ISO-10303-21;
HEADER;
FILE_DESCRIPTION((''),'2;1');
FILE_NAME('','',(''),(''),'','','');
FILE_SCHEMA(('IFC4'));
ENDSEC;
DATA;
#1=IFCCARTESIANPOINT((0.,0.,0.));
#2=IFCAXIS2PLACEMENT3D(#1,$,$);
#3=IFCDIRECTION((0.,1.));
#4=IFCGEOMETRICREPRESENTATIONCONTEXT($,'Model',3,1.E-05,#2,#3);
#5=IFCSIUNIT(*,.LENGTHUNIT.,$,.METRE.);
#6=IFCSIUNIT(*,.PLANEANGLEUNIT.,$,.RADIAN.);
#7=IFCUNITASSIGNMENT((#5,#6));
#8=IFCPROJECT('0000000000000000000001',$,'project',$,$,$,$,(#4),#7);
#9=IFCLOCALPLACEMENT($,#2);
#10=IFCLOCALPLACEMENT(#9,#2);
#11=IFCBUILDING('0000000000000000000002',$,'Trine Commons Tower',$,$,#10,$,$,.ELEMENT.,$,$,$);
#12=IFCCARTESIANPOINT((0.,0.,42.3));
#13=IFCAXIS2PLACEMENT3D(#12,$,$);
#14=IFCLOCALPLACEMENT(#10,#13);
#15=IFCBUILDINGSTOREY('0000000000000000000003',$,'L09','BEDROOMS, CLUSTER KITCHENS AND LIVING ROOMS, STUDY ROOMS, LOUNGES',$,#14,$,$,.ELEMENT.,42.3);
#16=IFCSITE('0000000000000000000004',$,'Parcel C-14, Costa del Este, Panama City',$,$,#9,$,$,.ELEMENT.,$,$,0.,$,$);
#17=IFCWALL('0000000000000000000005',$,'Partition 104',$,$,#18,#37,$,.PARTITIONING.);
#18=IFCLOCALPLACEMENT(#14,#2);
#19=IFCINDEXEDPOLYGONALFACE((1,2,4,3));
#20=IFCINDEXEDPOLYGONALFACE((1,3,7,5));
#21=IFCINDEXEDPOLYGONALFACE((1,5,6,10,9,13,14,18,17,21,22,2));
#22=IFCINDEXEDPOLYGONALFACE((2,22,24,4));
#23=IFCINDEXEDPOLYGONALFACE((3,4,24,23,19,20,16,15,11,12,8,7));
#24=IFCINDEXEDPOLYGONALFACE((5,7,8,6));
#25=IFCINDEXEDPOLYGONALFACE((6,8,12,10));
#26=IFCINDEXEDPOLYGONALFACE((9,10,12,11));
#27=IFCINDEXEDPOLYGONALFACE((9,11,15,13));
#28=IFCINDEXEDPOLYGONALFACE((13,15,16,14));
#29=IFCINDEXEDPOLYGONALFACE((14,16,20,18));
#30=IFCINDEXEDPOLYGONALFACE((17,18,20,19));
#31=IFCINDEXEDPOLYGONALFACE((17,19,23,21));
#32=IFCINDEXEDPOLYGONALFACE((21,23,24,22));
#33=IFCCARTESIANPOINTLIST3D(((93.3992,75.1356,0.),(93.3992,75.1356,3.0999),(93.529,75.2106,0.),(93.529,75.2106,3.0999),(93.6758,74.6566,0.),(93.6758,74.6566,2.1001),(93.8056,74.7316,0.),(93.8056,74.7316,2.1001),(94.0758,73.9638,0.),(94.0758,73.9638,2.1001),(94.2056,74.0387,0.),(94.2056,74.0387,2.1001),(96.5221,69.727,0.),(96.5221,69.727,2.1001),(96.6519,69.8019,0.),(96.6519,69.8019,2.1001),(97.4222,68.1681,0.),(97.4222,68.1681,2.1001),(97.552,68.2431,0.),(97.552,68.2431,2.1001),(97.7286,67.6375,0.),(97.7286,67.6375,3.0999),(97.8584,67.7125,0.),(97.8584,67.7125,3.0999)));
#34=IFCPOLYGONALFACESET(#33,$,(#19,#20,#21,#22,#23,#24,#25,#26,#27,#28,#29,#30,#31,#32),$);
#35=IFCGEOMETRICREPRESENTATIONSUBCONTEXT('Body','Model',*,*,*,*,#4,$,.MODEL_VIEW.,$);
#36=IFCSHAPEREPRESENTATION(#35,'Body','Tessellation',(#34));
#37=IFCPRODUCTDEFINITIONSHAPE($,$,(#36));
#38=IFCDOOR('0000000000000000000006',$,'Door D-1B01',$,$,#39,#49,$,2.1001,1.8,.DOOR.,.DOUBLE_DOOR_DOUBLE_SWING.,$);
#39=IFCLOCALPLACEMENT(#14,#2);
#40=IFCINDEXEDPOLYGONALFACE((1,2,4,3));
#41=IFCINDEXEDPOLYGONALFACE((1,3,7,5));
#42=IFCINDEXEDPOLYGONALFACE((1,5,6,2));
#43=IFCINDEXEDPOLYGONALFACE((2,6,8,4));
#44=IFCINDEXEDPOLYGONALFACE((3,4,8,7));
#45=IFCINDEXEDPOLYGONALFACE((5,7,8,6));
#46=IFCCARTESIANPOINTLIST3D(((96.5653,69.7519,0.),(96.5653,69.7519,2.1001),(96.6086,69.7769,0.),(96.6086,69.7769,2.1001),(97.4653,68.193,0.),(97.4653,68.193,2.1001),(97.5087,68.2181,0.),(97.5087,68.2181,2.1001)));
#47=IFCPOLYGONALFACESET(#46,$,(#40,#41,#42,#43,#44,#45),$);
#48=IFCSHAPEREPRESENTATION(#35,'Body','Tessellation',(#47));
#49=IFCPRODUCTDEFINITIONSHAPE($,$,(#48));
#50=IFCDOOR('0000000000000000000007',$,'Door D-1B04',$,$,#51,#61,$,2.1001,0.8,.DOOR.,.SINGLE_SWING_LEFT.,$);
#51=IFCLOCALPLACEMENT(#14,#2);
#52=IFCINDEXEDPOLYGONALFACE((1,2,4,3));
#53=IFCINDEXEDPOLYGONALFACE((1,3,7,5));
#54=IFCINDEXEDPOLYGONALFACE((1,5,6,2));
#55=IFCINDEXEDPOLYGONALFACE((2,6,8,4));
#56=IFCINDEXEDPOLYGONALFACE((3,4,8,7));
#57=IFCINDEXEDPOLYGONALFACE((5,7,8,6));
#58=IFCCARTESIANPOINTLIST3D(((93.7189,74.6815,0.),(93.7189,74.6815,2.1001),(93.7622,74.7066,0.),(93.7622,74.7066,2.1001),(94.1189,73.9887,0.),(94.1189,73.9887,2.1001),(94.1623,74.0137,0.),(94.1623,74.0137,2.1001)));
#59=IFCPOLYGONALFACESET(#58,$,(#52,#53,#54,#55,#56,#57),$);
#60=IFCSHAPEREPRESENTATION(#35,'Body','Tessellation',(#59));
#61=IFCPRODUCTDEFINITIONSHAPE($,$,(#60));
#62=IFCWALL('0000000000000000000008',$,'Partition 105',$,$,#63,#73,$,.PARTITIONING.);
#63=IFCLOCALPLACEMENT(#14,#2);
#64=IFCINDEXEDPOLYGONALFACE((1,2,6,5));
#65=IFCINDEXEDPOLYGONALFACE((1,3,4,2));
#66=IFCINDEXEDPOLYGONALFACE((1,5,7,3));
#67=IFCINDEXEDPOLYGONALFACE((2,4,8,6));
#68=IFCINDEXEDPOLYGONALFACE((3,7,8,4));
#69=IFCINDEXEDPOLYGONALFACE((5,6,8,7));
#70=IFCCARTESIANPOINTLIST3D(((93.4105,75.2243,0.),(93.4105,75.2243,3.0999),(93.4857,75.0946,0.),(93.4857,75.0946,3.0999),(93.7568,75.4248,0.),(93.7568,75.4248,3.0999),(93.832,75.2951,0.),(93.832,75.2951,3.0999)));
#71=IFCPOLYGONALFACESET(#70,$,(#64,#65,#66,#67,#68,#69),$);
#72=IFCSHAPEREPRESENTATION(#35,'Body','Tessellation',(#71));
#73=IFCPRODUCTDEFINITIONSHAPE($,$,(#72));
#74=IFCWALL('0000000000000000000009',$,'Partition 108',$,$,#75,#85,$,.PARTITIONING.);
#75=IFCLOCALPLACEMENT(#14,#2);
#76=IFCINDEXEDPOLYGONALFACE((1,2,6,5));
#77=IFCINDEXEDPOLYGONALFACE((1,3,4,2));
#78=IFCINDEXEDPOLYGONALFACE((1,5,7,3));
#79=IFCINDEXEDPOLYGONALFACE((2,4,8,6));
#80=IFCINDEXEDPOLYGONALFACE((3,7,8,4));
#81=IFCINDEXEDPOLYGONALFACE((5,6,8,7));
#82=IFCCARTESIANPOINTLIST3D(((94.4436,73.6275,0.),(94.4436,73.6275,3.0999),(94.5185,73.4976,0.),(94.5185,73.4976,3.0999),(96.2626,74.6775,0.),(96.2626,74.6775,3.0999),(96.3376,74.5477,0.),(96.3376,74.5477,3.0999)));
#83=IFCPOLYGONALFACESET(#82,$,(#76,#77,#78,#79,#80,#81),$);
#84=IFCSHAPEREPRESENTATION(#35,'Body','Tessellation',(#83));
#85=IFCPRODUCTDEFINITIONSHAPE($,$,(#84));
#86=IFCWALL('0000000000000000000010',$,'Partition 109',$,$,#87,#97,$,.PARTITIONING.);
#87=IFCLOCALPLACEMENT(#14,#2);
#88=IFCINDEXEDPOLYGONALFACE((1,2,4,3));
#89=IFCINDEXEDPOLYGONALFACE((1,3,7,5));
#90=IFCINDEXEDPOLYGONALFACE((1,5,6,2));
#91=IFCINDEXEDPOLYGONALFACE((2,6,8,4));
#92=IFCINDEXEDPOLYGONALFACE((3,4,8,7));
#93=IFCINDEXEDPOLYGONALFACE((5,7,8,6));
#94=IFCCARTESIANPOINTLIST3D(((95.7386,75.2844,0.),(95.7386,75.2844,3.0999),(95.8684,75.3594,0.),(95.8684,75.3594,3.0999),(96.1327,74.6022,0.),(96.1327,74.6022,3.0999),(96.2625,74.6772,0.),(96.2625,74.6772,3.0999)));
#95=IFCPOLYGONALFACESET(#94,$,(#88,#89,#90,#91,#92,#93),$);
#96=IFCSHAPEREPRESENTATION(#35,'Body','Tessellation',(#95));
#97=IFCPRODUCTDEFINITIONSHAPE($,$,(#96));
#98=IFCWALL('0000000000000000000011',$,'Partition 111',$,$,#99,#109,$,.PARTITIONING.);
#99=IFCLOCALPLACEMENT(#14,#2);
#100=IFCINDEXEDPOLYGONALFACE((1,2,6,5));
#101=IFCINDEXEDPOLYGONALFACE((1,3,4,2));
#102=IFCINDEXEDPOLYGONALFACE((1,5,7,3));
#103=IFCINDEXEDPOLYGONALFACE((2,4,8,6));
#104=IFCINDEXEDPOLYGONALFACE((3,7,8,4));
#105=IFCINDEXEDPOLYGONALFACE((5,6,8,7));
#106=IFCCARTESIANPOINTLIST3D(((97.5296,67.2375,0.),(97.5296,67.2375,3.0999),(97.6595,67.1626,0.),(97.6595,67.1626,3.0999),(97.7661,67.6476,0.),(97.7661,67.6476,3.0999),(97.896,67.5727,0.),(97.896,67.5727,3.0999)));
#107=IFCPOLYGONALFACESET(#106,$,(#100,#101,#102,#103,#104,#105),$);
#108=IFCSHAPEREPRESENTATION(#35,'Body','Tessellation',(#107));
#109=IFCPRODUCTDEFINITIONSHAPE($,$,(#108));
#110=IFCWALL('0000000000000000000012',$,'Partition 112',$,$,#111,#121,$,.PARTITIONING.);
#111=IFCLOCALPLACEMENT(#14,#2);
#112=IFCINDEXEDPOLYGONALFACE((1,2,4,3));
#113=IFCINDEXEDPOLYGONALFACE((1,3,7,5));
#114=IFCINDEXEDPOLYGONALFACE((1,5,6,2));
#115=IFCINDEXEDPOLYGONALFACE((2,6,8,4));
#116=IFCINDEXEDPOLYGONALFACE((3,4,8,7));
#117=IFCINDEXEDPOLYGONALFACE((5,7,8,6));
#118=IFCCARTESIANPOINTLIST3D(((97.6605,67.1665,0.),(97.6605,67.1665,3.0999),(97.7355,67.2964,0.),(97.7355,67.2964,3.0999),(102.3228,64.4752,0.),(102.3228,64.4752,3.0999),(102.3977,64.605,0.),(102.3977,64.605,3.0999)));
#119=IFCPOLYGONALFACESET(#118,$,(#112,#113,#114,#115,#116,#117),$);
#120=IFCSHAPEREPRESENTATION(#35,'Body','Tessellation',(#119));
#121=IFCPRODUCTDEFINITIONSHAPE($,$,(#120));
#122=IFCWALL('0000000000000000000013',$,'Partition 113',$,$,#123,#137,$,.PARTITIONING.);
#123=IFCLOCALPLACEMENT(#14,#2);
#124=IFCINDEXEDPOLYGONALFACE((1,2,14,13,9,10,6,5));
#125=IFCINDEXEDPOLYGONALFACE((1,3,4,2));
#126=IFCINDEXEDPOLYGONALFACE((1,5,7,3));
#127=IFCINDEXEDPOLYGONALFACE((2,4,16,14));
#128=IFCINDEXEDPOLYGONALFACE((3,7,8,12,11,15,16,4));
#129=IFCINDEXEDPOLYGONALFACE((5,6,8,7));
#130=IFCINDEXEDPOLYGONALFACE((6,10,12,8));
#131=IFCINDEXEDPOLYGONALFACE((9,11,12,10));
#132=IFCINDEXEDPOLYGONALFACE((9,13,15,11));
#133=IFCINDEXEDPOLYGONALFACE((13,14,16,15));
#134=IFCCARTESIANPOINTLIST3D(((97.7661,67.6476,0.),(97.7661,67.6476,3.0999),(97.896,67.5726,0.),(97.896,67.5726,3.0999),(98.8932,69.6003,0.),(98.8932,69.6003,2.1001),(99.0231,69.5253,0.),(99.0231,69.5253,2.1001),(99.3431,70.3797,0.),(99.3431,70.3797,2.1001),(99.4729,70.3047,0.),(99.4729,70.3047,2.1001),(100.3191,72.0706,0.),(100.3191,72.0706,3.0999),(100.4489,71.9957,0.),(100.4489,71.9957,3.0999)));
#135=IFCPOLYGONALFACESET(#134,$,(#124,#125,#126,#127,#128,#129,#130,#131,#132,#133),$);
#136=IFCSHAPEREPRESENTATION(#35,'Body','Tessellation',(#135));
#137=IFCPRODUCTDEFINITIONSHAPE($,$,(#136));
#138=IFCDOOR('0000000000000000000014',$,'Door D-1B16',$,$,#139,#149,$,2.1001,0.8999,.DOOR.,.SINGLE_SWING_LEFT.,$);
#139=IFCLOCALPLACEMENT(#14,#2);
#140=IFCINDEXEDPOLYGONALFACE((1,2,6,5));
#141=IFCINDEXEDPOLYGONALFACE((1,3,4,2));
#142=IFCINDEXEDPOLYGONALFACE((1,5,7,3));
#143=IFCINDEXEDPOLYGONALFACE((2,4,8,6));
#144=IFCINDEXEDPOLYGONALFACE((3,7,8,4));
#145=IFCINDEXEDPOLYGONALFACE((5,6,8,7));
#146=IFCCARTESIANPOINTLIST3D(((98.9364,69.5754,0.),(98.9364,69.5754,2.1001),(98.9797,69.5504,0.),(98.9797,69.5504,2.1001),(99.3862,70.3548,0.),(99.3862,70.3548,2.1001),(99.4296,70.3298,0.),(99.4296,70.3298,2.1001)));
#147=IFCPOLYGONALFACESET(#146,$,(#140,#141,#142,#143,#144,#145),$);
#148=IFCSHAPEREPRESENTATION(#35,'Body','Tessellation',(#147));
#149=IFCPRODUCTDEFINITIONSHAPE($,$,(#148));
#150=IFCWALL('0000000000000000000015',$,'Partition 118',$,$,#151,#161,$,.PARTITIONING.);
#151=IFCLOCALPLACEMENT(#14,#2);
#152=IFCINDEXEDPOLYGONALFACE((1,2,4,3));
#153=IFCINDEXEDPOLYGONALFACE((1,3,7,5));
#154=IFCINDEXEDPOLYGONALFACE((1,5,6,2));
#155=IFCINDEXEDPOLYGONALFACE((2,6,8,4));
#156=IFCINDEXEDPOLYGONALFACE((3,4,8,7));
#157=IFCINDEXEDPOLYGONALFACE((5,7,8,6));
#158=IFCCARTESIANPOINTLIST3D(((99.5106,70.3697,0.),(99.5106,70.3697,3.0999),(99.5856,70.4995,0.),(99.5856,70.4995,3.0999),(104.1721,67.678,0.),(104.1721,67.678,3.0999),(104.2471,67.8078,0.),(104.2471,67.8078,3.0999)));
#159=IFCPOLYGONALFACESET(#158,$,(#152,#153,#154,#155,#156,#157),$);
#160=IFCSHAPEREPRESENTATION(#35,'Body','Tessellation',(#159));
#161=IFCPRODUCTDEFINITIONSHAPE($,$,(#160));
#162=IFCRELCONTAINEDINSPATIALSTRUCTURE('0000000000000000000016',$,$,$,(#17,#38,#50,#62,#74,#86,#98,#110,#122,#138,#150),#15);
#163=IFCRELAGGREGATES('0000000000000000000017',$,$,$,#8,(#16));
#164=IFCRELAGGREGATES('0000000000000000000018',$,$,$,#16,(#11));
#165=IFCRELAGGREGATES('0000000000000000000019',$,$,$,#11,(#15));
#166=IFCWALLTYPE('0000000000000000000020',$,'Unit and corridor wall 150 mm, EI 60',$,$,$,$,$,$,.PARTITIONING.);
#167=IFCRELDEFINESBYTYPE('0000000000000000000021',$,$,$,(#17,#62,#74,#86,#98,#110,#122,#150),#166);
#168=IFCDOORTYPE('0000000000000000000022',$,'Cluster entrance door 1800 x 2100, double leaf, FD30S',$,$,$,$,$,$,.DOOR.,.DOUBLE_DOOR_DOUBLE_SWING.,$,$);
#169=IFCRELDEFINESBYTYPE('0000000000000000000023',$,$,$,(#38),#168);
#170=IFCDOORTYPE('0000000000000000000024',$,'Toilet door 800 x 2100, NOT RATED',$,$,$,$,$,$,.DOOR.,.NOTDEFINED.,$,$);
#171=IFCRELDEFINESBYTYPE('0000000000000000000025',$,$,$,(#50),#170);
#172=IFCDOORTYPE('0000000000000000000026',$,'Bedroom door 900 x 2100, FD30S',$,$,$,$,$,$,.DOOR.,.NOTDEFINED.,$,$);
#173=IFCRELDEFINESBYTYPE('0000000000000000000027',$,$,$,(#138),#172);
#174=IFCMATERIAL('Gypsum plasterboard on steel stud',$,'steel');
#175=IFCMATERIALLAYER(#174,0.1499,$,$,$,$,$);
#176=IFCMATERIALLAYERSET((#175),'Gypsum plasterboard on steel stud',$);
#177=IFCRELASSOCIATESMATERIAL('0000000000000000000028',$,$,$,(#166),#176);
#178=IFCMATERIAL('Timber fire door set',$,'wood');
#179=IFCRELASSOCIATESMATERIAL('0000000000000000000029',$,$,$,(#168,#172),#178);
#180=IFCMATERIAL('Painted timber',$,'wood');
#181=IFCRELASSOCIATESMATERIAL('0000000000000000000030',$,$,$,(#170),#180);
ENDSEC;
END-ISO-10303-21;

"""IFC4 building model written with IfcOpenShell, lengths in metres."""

from ifc_helpers import new_model, si_unit, direction, frame, frame_2d, origin, place, context, subcontext, project, spatial, rectangle, extrude, material, layer, layer_set, type_object, element, fill, save


model = new_model("IFC4")

# Units and contexts
model_context = context("Model", 3, precision=1e-05, world=origin(), true_north=direction((0.0, 1.0)))
body_context = subcontext(model_context, "Body", "Model", "MODEL_VIEW")
ifc_project = project(units=[si_unit("LENGTHUNIT", "METRE"), si_unit("PLANEANGLEUNIT", "RADIAN")], contexts=[model_context])

# Site, building, storey
site_placement = place(None, origin())
site = spatial("IfcSite", under=ifc_project, at=site_placement, Name="Parcel C-14, Costa del Este, Panama City", CompositionType="ELEMENT", RefElevation=0.0)
building_placement = place(site_placement, origin())
building = spatial("IfcBuilding", under=site, at=building_placement, Name="Trine Commons Tower", CompositionType="ELEMENT")
storey_placement = place(building_placement, frame((0.0, 0.0, 42.3)))
storey = spatial("IfcBuildingStorey", under=building, at=storey_placement, Name="L09", Description="BEDROOMS, CLUSTER KITCHENS AND LIVING ROOMS, STUDY ROOMS, LOUNGES", CompositionType="ELEMENT", Elevation=42.3)

# Shared definitions
ifc_material_1 = material(Name="Gypsum plasterboard on steel stud", Category="steel")
ifc_layer_1 = layer(ifc_material_1, 0.1499)
ifc_layer_set_1 = layer_set([ifc_layer_1], Name="Gypsum plasterboard on steel stud")
wall_type_1 = type_object("IfcWallType", Name="Unit and corridor wall 150 mm, EI 60", PredefinedType="PARTITIONING", material=ifc_layer_set_1)

# Wall, openings, doors
wall_1_placement = place(storey_placement, frame((93.4641, 75.1731, 0.0), z_axis=(0.0, 0.0, 1.0), x_axis=(0.50003, -0.866008, 0.0)))
wall_1 = element("IfcWall", 1, at=wall_1_placement, inside=storey, type_object=wall_type_1, Name="Partition 104", PredefinedType="PARTITIONING", context=body_context, shape_type="SweptSolid", body=[
    extrude(rectangle(XDim=8.6582, YDim=0.1499, at=frame_2d((4.3291, 0.0))), origin(), (0.0, 0.0, 1.0), 3.0999),
])
opening_1_placement = place(wall_1_placement, frame((6.2456, 0.0, 0.0)))
opening_1 = element("IfcOpeningElement", 2, at=opening_1_placement, cuts=wall_1, PredefinedType="OPENING", context=body_context, shape_type="SweptSolid", body=[
    extrude(rectangle(XDim=1.8, YDim=2.1001, at=frame_2d((0.8999, 1.05))), frame((0.0, 0.085, 0.0), z_axis=(0.0, -1.0, 0.0), x_axis=(1.0, 0.0, 0.0)), (0.0, 0.0, 1.0), 0.1699),
])
opening_2_placement = place(wall_1_placement, frame((0.5532, 0.0, 0.0)))
opening_2 = element("IfcOpeningElement", 3, at=opening_2_placement, cuts=wall_1, PredefinedType="OPENING", context=body_context, shape_type="SweptSolid", body=[
    extrude(rectangle(XDim=0.8, YDim=2.1001, at=frame_2d((0.3999, 1.05))), frame((0.0, 0.085, 0.0), z_axis=(0.0, -1.0, 0.0), x_axis=(1.0, 0.0, 0.0)), (0.0, 0.0, 1.0), 0.1699),
])
ifc_material_2 = material(Name="Timber fire door set", Category="wood")
door_type_1 = type_object("IfcDoorType", Name="Cluster entrance door 1800 x 2100, double leaf, FD30S", OperationType="DOUBLE_DOOR_DOUBLE_SWING", PredefinedType="DOOR", material=ifc_material_2)
door_1_placement = place(opening_1_placement, origin())
door_1 = element("IfcDoor", 4, at=door_1_placement, inside=storey, type_object=door_type_1, Name="Door D-1B01", OperationType="DOUBLE_DOOR_DOUBLE_SWING", OverallHeight=2.1001, OverallWidth=1.8, PredefinedType="DOOR", context=body_context, shape_type="SweptSolid", body=[
    extrude(rectangle(XDim=1.8, YDim=2.1001, at=frame_2d((0.8999, 1.05))), frame((0.0, 0.0249, 0.0), z_axis=(0.0, -1.0, 0.0), x_axis=(1.0, 0.0, 0.0)), (0.0, 0.0, 1.0), 0.05),
])
fill(opening_1, door_1)
ifc_material_3 = material(Name="Painted timber", Category="wood")
door_type_2 = type_object("IfcDoorType", Name="Toilet door 800 x 2100, NOT RATED", OperationType="NOTDEFINED", PredefinedType="DOOR", material=ifc_material_3)
door_2_placement = place(opening_2_placement, origin())
door_2 = element("IfcDoor", 5, at=door_2_placement, inside=storey, type_object=door_type_2, Name="Door D-1B04", OperationType="SINGLE_SWING_LEFT", OverallHeight=2.1001, OverallWidth=0.8, PredefinedType="DOOR", context=body_context, shape_type="SweptSolid", body=[
    extrude(rectangle(XDim=0.8, YDim=2.1001, at=frame_2d((0.3999, 1.05))), frame((0.0, 0.0249, 0.0), z_axis=(0.0, -1.0, 0.0), x_axis=(1.0, 0.0, 0.0)), (0.0, 0.0, 1.0), 0.05),
])
fill(opening_2, door_2)

# Walls
wall_2_placement = place(storey_placement, frame((93.448, 75.1594, 0.0), z_axis=(0.0, 0.0, 1.0), x_axis=(0.865412, 0.50106, 0.0)))
element("IfcWall", 6, at=wall_2_placement, inside=storey, type_object=wall_type_1, Name="Partition 105", PredefinedType="PARTITIONING", context=body_context, shape_type="SweptSolid", body=[
    extrude(rectangle(XDim=0.4001, YDim=0.1499, at=frame_2d((0.2002, 0.0))), origin(), (0.0, 0.0, 1.0), 3.0999),
])
wall_3_placement = place(storey_placement, frame((94.481, 73.5625, 0.0), z_axis=(0.0, 0.0, 1.0), x_axis=(0.866068, 0.499927, 0.0)))
element("IfcWall", 7, at=wall_3_placement, inside=storey, type_object=wall_type_1, Name="Partition 108", PredefinedType="PARTITIONING", context=body_context, shape_type="SweptSolid", body=[
    extrude(rectangle(XDim=2.1003, YDim=0.1499, at=frame_2d((1.0503, 0.0))), origin(), (0.0, 0.0, 1.0), 3.0999),
])
wall_4_placement = place(storey_placement, frame((95.8035, 75.322, 0.0), z_axis=(0.0, 0.0, 1.0), x_axis=(0.500205, -0.865907, 0.0)))
element("IfcWall", 8, at=wall_4_placement, inside=storey, type_object=wall_type_1, Name="Partition 109", PredefinedType="PARTITIONING", context=body_context, shape_type="SweptSolid", body=[
    extrude(rectangle(XDim=0.7878, YDim=0.1499, at=frame_2d((0.394, 0.0))), origin(), (0.0, 0.0, 1.0), 3.0999),
])
wall_5_placement = place(storey_placement, frame((97.5945, 67.2, 0.0), z_axis=(0.0, 0.0, 1.0), x_axis=(0.499633, 0.866237, 0.0)))
element("IfcWall", 9, at=wall_5_placement, inside=storey, type_object=wall_type_1, Name="Partition 111", PredefinedType="PARTITIONING", context=body_context, shape_type="SweptSolid", body=[
    extrude(rectangle(XDim=0.4734, YDim=0.1499, at=frame_2d((0.2368, 0.0))), origin(), (0.0, 0.0, 1.0), 3.0999),
])
wall_6_placement = place(storey_placement, frame((97.698, 67.2314, 0.0), z_axis=(0.0, 0.0, 1.0), x_axis=(0.866058, -0.499944, 0.0)))
element("IfcWall", 10, at=wall_6_placement, inside=storey, type_object=wall_type_1, Name="Partition 112", PredefinedType="PARTITIONING", context=body_context, shape_type="SweptSolid", body=[
    extrude(rectangle(XDim=5.3833, YDim=0.1499, at=frame_2d((2.6917, 0.0))), origin(), (0.0, 0.0, 1.0), 3.0999),
])

# Wall, opening, door
wall_7_placement = place(storey_placement, frame((97.8311, 67.6101, 0.0), z_axis=(0.0, 0.0, 1.0), x_axis=(0.499898, 0.866084, 0.0)))
wall_7 = element("IfcWall", 11, at=wall_7_placement, inside=storey, type_object=wall_type_1, Name="Partition 113", PredefinedType="PARTITIONING", context=body_context, shape_type="SweptSolid", body=[
    extrude(rectangle(XDim=5.1069, YDim=0.1499, at=frame_2d((2.5535, 0.0))), origin(), (0.0, 0.0, 1.0), 3.0999),
])
opening_3_placement = place(wall_7_placement, frame((2.2546, 0.0, 0.0)))
opening_3 = element("IfcOpeningElement", 12, at=opening_3_placement, cuts=wall_7, PredefinedType="OPENING", context=body_context, shape_type="SweptSolid", body=[
    extrude(rectangle(XDim=0.8999, YDim=2.1001, at=frame_2d((0.45, 1.05))), frame((0.0, 0.085, 0.0), z_axis=(0.0, -1.0, 0.0), x_axis=(1.0, 0.0, 0.0)), (0.0, 0.0, 1.0), 0.1699),
])
door_type_3 = type_object("IfcDoorType", Name="Bedroom door 900 x 2100, FD30S", OperationType="NOTDEFINED", PredefinedType="DOOR", material=ifc_material_2)
door_3_placement = place(opening_3_placement, frame((0.8999, 0.0, 0.0), z_axis=(0.0, 0.0, 1.0), x_axis=(-1.0, 0.0, 0.0)))
door_3 = element("IfcDoor", 13, at=door_3_placement, inside=storey, type_object=door_type_3, Name="Door D-1B16", OperationType="SINGLE_SWING_LEFT", OverallHeight=2.1001, OverallWidth=0.8999, PredefinedType="DOOR", context=body_context, shape_type="SweptSolid", body=[
    extrude(rectangle(XDim=0.8999, YDim=2.1001, at=frame_2d((0.45, 1.05))), frame((0.0, 0.0249, 0.0), z_axis=(0.0, -1.0, 0.0), x_axis=(1.0, 0.0, 0.0)), (0.0, 0.0, 1.0), 0.05),
])
fill(opening_3, door_3)

# Wall
wall_8_placement = place(storey_placement, frame((99.5481, 70.4346, 0.0), z_axis=(0.0, 0.0, 1.0), x_axis=(0.865993, -0.500056, 0.0)))
element("IfcWall", 14, at=wall_8_placement, inside=storey, type_object=wall_type_1, Name="Partition 118", PredefinedType="PARTITIONING", context=body_context, shape_type="SweptSolid", body=[
    extrude(rectangle(XDim=5.3828, YDim=0.1499, at=frame_2d((2.6914, 0.0))), origin(), (0.0, 0.0, 1.0), 3.0999),
])

save(model, "model.ifc")
